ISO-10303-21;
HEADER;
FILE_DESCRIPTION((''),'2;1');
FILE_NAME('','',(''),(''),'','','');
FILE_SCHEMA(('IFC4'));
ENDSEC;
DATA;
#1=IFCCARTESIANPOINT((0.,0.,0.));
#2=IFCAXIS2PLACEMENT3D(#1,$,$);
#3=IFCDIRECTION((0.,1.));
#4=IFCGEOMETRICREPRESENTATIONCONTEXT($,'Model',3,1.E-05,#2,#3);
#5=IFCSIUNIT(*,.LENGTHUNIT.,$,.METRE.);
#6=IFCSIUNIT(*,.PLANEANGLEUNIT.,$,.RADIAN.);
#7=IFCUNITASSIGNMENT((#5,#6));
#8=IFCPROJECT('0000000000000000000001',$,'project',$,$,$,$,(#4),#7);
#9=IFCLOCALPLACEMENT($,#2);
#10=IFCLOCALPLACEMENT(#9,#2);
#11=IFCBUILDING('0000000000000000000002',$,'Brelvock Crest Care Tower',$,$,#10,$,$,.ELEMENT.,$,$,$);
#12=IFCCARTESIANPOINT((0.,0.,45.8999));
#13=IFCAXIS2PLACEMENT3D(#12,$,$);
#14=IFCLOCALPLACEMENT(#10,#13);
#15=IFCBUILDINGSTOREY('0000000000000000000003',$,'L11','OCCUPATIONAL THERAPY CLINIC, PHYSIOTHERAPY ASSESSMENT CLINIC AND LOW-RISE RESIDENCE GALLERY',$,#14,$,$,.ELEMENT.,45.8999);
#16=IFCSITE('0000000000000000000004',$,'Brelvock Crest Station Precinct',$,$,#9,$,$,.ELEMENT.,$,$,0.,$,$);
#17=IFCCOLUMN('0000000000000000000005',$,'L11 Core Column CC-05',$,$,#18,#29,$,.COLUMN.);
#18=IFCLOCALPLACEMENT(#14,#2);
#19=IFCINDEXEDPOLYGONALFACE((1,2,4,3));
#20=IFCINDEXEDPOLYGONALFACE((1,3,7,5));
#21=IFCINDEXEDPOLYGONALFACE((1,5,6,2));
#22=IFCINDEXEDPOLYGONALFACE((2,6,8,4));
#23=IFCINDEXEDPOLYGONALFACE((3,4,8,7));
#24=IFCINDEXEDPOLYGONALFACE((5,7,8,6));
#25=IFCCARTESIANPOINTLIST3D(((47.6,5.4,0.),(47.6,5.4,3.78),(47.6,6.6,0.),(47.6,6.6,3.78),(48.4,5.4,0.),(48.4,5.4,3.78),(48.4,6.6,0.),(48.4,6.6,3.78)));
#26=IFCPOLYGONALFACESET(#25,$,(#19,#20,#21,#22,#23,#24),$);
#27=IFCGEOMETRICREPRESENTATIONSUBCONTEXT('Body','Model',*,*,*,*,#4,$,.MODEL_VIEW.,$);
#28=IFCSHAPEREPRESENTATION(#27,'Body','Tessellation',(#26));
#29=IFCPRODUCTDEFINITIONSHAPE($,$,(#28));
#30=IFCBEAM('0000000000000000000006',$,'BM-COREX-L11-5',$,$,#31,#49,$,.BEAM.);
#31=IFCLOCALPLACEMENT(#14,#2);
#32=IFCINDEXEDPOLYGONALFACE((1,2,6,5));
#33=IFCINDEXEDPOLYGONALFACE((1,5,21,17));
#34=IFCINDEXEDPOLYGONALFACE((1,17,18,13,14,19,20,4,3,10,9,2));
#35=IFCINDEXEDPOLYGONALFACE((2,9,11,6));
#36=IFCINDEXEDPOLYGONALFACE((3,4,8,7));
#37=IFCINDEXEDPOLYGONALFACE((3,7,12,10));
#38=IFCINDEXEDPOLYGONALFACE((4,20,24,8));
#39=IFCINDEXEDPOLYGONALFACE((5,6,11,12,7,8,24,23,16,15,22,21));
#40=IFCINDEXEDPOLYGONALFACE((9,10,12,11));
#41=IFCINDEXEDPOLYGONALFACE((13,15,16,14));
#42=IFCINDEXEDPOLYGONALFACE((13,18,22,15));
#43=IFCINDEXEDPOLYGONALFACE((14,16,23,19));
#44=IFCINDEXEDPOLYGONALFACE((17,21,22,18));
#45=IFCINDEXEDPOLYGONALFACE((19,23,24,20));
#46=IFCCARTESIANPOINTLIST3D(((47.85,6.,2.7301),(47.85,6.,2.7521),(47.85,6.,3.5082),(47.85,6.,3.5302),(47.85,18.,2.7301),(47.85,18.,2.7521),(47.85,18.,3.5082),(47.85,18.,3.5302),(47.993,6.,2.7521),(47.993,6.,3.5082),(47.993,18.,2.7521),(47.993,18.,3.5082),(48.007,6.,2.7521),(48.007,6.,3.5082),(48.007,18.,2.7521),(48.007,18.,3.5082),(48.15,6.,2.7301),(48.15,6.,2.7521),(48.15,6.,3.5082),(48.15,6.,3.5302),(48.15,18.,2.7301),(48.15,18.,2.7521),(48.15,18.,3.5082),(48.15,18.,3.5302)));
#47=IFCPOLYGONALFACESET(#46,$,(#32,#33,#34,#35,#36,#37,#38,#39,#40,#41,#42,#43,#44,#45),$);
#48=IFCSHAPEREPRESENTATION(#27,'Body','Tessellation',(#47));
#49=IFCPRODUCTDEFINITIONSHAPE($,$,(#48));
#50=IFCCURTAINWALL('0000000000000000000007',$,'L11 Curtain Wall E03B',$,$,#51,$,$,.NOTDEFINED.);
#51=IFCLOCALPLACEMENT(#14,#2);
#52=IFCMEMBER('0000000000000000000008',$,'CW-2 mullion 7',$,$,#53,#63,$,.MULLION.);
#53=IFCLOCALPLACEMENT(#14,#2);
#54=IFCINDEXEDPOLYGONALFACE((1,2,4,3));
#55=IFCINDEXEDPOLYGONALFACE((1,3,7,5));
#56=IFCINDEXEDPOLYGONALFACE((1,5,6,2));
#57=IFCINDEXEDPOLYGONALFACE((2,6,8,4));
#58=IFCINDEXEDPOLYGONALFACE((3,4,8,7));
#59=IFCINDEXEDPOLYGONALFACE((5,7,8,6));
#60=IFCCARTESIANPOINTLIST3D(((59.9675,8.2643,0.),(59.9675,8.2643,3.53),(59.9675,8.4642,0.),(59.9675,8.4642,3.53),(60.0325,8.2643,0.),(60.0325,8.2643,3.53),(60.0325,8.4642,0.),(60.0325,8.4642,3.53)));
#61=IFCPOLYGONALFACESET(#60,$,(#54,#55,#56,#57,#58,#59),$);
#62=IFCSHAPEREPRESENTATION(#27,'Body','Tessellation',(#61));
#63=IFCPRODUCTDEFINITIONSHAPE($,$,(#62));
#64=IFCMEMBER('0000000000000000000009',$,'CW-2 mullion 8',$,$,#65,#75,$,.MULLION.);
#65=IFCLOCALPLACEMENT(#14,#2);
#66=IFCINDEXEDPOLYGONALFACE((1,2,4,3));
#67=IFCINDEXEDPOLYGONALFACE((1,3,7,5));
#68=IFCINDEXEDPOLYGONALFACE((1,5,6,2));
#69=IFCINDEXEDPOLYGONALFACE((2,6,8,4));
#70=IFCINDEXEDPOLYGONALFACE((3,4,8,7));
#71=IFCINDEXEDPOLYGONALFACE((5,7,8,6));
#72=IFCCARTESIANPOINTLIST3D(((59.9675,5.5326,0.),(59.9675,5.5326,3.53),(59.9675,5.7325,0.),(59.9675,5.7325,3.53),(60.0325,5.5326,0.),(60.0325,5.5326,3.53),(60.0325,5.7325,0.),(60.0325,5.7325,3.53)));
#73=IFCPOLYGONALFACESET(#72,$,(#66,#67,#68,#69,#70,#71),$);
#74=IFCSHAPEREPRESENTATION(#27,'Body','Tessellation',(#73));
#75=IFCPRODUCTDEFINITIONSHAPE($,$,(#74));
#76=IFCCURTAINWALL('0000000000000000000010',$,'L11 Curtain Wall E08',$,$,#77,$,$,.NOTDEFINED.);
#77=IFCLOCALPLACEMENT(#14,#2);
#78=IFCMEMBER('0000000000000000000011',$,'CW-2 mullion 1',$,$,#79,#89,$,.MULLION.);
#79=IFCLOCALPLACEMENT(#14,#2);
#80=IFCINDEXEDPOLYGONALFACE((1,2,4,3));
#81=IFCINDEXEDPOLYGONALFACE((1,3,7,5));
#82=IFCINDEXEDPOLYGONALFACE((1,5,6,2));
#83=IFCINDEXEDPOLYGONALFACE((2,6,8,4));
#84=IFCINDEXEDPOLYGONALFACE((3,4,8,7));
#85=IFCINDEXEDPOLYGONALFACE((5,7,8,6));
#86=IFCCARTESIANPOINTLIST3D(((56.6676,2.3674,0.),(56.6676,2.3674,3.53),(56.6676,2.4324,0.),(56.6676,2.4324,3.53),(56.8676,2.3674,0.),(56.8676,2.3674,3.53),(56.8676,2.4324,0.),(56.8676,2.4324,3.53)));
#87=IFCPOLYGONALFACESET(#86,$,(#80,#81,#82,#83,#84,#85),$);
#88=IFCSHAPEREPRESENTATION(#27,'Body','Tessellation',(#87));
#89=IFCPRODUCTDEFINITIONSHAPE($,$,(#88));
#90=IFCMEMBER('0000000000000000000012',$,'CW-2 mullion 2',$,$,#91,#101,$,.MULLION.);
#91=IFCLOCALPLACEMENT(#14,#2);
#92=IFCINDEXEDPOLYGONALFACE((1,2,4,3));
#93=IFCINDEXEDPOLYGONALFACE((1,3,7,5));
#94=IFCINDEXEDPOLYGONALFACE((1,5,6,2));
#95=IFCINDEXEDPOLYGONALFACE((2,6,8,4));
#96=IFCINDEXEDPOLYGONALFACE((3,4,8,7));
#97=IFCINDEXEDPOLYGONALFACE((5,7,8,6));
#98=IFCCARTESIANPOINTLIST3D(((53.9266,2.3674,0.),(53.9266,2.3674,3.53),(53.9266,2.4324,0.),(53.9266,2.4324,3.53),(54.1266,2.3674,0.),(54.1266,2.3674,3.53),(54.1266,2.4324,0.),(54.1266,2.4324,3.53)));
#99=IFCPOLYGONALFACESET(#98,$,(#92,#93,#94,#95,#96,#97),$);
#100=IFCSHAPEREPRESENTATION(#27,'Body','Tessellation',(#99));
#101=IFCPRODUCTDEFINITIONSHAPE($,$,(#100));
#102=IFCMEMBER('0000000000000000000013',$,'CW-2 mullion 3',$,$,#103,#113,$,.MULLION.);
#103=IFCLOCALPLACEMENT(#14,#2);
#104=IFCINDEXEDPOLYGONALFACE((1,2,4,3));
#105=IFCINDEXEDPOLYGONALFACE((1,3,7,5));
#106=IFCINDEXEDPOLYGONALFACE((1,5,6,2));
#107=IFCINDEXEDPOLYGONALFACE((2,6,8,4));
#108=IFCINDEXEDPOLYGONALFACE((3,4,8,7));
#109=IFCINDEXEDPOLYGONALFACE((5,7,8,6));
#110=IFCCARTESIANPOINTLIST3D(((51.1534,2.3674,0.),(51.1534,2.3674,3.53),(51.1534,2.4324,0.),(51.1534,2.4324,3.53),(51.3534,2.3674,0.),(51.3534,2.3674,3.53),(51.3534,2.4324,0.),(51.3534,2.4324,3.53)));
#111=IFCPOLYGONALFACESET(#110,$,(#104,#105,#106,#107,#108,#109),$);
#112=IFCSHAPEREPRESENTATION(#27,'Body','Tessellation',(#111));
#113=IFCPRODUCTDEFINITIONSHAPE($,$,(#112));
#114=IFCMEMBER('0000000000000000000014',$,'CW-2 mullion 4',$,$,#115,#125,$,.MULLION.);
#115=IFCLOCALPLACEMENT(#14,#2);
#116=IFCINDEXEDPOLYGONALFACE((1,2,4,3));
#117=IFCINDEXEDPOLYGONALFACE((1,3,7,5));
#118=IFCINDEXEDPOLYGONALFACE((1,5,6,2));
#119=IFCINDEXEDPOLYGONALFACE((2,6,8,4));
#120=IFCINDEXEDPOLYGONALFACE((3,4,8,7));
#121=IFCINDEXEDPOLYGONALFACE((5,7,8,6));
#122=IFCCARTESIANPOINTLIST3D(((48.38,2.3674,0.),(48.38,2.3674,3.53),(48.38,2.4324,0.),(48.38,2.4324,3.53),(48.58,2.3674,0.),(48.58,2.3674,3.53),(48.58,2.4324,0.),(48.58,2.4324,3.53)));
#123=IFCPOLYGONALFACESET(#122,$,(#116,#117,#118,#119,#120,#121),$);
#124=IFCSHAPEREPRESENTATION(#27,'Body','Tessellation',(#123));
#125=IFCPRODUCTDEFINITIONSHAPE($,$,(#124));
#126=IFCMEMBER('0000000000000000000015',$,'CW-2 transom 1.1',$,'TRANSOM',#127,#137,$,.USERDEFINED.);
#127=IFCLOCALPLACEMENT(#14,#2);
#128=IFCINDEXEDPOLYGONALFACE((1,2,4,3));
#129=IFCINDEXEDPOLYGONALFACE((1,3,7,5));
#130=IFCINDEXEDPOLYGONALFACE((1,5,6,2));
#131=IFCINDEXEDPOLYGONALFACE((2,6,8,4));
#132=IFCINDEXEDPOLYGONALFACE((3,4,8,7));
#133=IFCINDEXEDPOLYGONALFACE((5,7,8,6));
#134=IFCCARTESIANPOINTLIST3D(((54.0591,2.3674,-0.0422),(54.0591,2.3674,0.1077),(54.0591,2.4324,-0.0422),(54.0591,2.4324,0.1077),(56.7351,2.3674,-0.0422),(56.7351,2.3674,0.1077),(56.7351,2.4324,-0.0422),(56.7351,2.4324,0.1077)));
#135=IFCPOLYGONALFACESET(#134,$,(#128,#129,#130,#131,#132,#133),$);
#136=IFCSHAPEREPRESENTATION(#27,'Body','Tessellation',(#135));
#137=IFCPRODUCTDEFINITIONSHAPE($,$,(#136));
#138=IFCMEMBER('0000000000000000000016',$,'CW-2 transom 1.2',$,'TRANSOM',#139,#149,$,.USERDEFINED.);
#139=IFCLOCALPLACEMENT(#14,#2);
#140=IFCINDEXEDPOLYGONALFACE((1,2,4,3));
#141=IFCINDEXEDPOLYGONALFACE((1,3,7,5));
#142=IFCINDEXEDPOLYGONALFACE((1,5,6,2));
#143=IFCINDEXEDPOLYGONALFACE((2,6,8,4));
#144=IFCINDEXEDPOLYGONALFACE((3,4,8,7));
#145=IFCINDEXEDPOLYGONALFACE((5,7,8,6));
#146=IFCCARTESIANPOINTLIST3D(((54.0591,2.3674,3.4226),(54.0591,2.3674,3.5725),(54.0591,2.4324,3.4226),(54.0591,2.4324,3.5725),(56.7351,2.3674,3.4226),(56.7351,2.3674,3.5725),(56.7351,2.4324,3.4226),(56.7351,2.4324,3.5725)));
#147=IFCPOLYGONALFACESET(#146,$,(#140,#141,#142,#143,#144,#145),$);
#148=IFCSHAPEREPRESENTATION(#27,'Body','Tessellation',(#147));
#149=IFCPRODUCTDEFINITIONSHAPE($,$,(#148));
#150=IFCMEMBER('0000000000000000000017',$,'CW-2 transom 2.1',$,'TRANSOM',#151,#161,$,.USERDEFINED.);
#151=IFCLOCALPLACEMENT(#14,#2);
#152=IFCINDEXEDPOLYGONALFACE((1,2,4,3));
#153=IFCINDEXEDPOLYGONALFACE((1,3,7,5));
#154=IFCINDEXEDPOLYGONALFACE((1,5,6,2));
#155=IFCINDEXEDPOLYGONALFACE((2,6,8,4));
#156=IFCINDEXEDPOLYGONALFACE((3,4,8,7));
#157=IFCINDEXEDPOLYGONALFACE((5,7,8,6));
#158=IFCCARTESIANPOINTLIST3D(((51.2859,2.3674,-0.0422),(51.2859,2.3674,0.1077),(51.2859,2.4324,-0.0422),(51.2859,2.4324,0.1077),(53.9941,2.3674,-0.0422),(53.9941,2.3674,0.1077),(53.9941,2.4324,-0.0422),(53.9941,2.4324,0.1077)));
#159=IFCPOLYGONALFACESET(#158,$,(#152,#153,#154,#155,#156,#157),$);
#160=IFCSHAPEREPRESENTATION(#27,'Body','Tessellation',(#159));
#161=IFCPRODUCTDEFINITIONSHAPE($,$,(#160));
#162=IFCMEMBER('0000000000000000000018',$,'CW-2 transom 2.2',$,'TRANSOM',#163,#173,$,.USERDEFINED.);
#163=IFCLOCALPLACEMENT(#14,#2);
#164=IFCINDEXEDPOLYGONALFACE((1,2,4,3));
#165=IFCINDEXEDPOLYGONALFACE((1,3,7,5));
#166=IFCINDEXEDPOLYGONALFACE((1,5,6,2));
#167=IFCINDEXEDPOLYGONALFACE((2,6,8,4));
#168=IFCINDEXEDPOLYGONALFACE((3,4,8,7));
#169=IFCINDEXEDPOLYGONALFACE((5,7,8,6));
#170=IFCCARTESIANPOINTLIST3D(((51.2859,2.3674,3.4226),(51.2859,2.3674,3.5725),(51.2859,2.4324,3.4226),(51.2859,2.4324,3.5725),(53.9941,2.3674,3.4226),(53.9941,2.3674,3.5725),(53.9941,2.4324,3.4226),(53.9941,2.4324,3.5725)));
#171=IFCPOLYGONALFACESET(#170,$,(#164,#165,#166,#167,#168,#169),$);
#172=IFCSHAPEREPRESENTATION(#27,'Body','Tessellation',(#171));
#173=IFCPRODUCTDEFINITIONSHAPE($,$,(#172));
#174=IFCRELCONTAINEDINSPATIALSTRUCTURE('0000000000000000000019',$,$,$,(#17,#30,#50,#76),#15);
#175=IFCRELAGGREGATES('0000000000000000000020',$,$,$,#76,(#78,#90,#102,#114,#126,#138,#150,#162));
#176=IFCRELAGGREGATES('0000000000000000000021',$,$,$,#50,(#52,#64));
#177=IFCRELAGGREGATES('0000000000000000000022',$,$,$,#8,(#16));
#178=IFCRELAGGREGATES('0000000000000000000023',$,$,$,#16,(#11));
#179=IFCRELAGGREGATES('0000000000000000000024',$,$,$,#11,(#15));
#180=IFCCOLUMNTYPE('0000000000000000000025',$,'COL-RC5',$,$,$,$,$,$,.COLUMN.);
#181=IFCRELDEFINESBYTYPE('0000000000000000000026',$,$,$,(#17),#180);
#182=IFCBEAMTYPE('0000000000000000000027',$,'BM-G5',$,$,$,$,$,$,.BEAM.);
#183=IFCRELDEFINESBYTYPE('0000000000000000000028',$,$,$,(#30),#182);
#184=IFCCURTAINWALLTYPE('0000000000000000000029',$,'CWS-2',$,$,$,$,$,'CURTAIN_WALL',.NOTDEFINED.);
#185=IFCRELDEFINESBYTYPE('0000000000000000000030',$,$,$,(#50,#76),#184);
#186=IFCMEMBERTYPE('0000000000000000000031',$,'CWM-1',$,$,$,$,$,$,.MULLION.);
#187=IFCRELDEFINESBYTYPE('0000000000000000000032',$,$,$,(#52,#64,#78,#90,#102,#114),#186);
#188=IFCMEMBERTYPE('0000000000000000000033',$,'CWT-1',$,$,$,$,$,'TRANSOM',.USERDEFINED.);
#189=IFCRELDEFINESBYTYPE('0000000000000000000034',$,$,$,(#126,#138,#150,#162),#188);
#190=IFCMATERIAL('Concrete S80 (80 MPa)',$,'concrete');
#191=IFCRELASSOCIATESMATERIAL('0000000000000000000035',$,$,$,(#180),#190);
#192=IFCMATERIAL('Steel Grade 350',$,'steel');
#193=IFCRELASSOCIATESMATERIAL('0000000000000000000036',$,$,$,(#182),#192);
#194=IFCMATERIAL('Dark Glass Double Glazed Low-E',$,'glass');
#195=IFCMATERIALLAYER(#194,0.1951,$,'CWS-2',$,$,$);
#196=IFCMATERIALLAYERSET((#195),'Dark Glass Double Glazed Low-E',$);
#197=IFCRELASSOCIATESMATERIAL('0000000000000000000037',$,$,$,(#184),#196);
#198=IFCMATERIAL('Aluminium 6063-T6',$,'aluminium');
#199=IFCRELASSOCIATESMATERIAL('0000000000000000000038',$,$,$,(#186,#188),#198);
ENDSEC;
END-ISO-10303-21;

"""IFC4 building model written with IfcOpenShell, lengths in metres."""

from ifc_helpers import new_model, si_unit, direction, frame, origin, origin_2d, place, context, subcontext, project, spatial, rectangle, i_section, extrude, source, transform, mapped, material, layer, layer_set, material_profile, profile_set, type_object, element, aggregate, save


model = new_model("IFC4")

# Units and contexts
model_context = context("Model", 3, precision=1e-05, world=origin(), true_north=direction((0.0, 1.0)))
body_context = subcontext(model_context, "Body", "Model", "MODEL_VIEW")
ifc_project = project(units=[si_unit("LENGTHUNIT", "METRE"), si_unit("PLANEANGLEUNIT", "RADIAN")], contexts=[model_context])

# Site, building, storey
site_placement = place(None, origin())
site = spatial("IfcSite", under=ifc_project, at=site_placement, Name="Brelvock Crest Station Precinct", CompositionType="ELEMENT", RefElevation=0.0)
building_placement = place(site_placement, origin())
building = spatial("IfcBuilding", under=site, at=building_placement, Name="Brelvock Crest Care Tower", CompositionType="ELEMENT")
storey_placement = place(building_placement, frame((0.0, 0.0, 45.8999)))
storey = spatial("IfcBuildingStorey", under=building, at=storey_placement, Name="L11", Description="OCCUPATIONAL THERAPY CLINIC, PHYSIOTHERAPY ASSESSMENT CLINIC AND LOW-RISE RESIDENCE GALLERY", CompositionType="ELEMENT", Elevation=45.8999)

# Column
ifc_material_1 = material(Name="Concrete S80 (80 MPa)", Category="concrete")
ifc_material_profile_1 = material_profile(ifc_material_1, rectangle(XDim=0.8, YDim=1.2, at=origin_2d()), Name="RC800x1200")
ifc_profile_set_1 = profile_set([ifc_material_profile_1], Name="Concrete S80 (80 MPa)")
column_type = type_object("IfcColumnType", Name="COL-RC5", PredefinedType="COLUMN", material=ifc_profile_set_1)
shared_shape_1 = source(origin(), body_context, "Body", "SweptSolid", [
    extrude(rectangle(XDim=0.8, YDim=1.2, at=origin_2d()), origin(), (0.0, 0.0, 1.0), 3.78),
])
column_placement = place(storey_placement, frame((48.0, 6.0, 0.0), z_axis=(0.0, 0.0, 1.0), x_axis=(1.0, 0.0, 0.0)))
element("IfcColumn", 1, at=column_placement, inside=storey, type_object=column_type, Name="L11 Core Column CC-05", PredefinedType="COLUMN", context=body_context, shape_type="MappedRepresentation", body=[
    mapped(shared_shape_1, transform((0.0, 0.0, 0.0), x_axis=(1.0, 0.0, 0.0), y_axis=(0.0, 1.0, 0.0), z_axis=(0.0, 0.0, 1.0), scale=1.0)),
])

# Beam
ifc_material_2 = material(Name="Steel Grade 350", Category="steel")
ifc_material_profile_2 = material_profile(ifc_material_2, i_section(OverallWidth=0.3, OverallDepth=0.8, WebThickness=0.0139, FlangeThickness=0.022, at=origin_2d()), Name="800WB192")
ifc_profile_set_2 = profile_set([ifc_material_profile_2], Name="Steel Grade 350")
beam_type = type_object("IfcBeamType", Name="BM-G5", PredefinedType="BEAM", material=ifc_profile_set_2)
shared_shape_2 = source(origin(), body_context, "Body", "SweptSolid", [
    extrude(i_section(OverallWidth=0.3, OverallDepth=0.8, WebThickness=0.0139, FlangeThickness=0.022, at=origin_2d()), origin(), (0.0, 0.0, 1.0), 12.0),
])
beam_placement = place(storey_placement, frame((48.0, 6.0, 3.1301), z_axis=(0.0, 1.0, 0.0), x_axis=(-1.0, 0.0, 0.0)))
element("IfcBeam", 2, at=beam_placement, inside=storey, type_object=beam_type, Name="BM-COREX-L11-5", PredefinedType="BEAM", context=body_context, shape_type="MappedRepresentation", body=[
    mapped(shared_shape_2, transform((0.0, 0.0, 0.0), x_axis=(1.0, 0.0, 0.0), y_axis=(0.0, 1.0, 0.0), z_axis=(0.0, 0.0, 1.0), scale=1.0)),
])

# Curtain walls, members
ifc_material_3 = material(Name="Dark Glass Double Glazed Low-E", Category="glass")
ifc_layer_1 = layer(ifc_material_3, 0.1951, Name="CWS-2")
ifc_layer_set_1 = layer_set([ifc_layer_1], Name="Dark Glass Double Glazed Low-E")
curtain_wall_type = type_object("IfcCurtainWallType", Name="CWS-2", ElementType="CURTAIN_WALL", PredefinedType="NOTDEFINED", material=ifc_layer_set_1)
curtain_wall_1_placement = place(storey_placement, origin())
curtain_wall_1 = element("IfcCurtainWall", 3, at=curtain_wall_1_placement, inside=storey, type_object=curtain_wall_type, Name="L11 Curtain Wall E03B", PredefinedType="NOTDEFINED")
ifc_material_4 = material(Name="Aluminium 6063-T6", Category="aluminium")
ifc_material_profile_3 = material_profile(ifc_material_4, rectangle(XDim=0.0649, YDim=0.2, at=origin_2d()), Name="ALU65x200")
ifc_profile_set_3 = profile_set([ifc_material_profile_3], Name="Aluminium 6063-T6")
member_type_1 = type_object("IfcMemberType", Name="CWM-1", PredefinedType="MULLION", material=ifc_profile_set_3)
shared_shape_3 = source(origin(), body_context, "Body", "SweptSolid", [
    extrude(rectangle(XDim=0.0649, YDim=0.2, at=origin_2d()), origin(), (0.0, 0.0, 1.0), 3.53),
])
member_1_placement = place(storey_placement, frame((60.0, 8.3643, 0.0), z_axis=(0.0, 0.0, 1.0), x_axis=(1.0, 0.0, 0.0)))
member_1 = element("IfcMember", 4, at=member_1_placement, type_object=member_type_1, Name="CW-2 mullion 7", PredefinedType="MULLION", context=body_context, shape_type="MappedRepresentation", body=[
    mapped(shared_shape_3, transform((0.0, 0.0, 0.0), x_axis=(1.0, 0.0, 0.0), y_axis=(0.0, 1.0, 0.0), z_axis=(0.0, 0.0, 1.0), scale=1.0)),
])
member_2_placement = place(storey_placement, frame((60.0, 5.6326, 0.0), z_axis=(0.0, 0.0, 1.0), x_axis=(1.0, 0.0, 0.0)))
member_2 = element("IfcMember", 5, at=member_2_placement, type_object=member_type_1, Name="CW-2 mullion 8", PredefinedType="MULLION", context=body_context, shape_type="MappedRepresentation", body=[
    mapped(shared_shape_3, transform((0.0, 0.0, 0.0), x_axis=(1.0, 0.0, 0.0), y_axis=(0.0, 1.0, 0.0), z_axis=(0.0, 0.0, 1.0), scale=1.0)),
])
curtain_wall_2_placement = place(storey_placement, origin())
curtain_wall_2 = element("IfcCurtainWall", 6, at=curtain_wall_2_placement, inside=storey, type_object=curtain_wall_type, Name="L11 Curtain Wall E08", PredefinedType="NOTDEFINED")
member_3_placement = place(storey_placement, frame((56.7676, 2.3999, 0.0), z_axis=(0.0, 0.0, 1.0), x_axis=(0.0, -1.0, 0.0)))
member_3 = element("IfcMember", 7, at=member_3_placement, type_object=member_type_1, Name="CW-2 mullion 1", PredefinedType="MULLION", context=body_context, shape_type="MappedRepresentation", body=[
    mapped(shared_shape_3, transform((0.0, 0.0, 0.0), x_axis=(1.0, 0.0, 0.0), y_axis=(0.0, 1.0, 0.0), z_axis=(0.0, 0.0, 1.0), scale=1.0)),
])
member_4_placement = place(storey_placement, frame((54.0266, 2.3999, 0.0), z_axis=(0.0, 0.0, 1.0), x_axis=(0.0, -1.0, 0.0)))
member_4 = element("IfcMember", 8, at=member_4_placement, type_object=member_type_1, Name="CW-2 mullion 2", PredefinedType="MULLION", context=body_context, shape_type="MappedRepresentation", body=[
    mapped(shared_shape_3, transform((0.0, 0.0, 0.0), x_axis=(1.0, 0.0, 0.0), y_axis=(0.0, 1.0, 0.0), z_axis=(0.0, 0.0, 1.0), scale=1.0)),
])
member_5_placement = place(storey_placement, frame((51.2534, 2.3999, 0.0), z_axis=(0.0, 0.0, 1.0), x_axis=(0.0, -1.0, 0.0)))
member_5 = element("IfcMember", 9, at=member_5_placement, type_object=member_type_1, Name="CW-2 mullion 3", PredefinedType="MULLION", context=body_context, shape_type="MappedRepresentation", body=[
    mapped(shared_shape_3, transform((0.0, 0.0, 0.0), x_axis=(1.0, 0.0, 0.0), y_axis=(0.0, 1.0, 0.0), z_axis=(0.0, 0.0, 1.0), scale=1.0)),
])
member_6_placement = place(storey_placement, frame((48.48, 2.3999, 0.0), z_axis=(0.0, 0.0, 1.0), x_axis=(0.0, -1.0, 0.0)))
member_6 = element("IfcMember", 10, at=member_6_placement, type_object=member_type_1, Name="CW-2 mullion 4", PredefinedType="MULLION", context=body_context, shape_type="MappedRepresentation", body=[
    mapped(shared_shape_3, transform((0.0, 0.0, 0.0), x_axis=(1.0, 0.0, 0.0), y_axis=(0.0, 1.0, 0.0), z_axis=(0.0, 0.0, 1.0), scale=1.0)),
])
ifc_material_profile_4 = material_profile(ifc_material_4, rectangle(XDim=0.0649, YDim=0.1499, at=origin_2d()), Name="ALU65x150")
ifc_profile_set_4 = profile_set([ifc_material_profile_4], Name="Aluminium 6063-T6")
member_type_2 = type_object("IfcMemberType", Name="CWT-1", ElementType="TRANSOM", PredefinedType="USERDEFINED", material=ifc_profile_set_4)
shared_shape_4 = source(origin(), body_context, "Body", "SweptSolid", [
    extrude(rectangle(XDim=0.0649, YDim=0.1499, at=origin_2d()), origin(), (0.0, 0.0, 1.0), 2.676),
])
member_7_placement = place(storey_placement, frame((56.7351, 2.3999, 0.0327), z_axis=(-1.0, 0.0, 0.0), x_axis=(0.0, -1.0, 0.0)))
member_7 = element("IfcMember", 11, at=member_7_placement, type_object=member_type_2, Name="CW-2 transom 1.1", ObjectType="TRANSOM", PredefinedType="USERDEFINED", context=body_context, shape_type="MappedRepresentation", body=[
    mapped(shared_shape_4, transform((0.0, 0.0, 0.0), x_axis=(1.0, 0.0, 0.0), y_axis=(0.0, 1.0, 0.0), z_axis=(0.0, 0.0, 1.0), scale=1.0)),
])
member_8_placement = place(storey_placement, frame((56.7351, 2.3999, 3.4976), z_axis=(-1.0, 0.0, 0.0), x_axis=(0.0, -1.0, 0.0)))
member_8 = element("IfcMember", 12, at=member_8_placement, type_object=member_type_2, Name="CW-2 transom 1.2", ObjectType="TRANSOM", PredefinedType="USERDEFINED", context=body_context, shape_type="MappedRepresentation", body=[
    mapped(shared_shape_4, transform((0.0, 0.0, 0.0), x_axis=(1.0, 0.0, 0.0), y_axis=(0.0, 1.0, 0.0), z_axis=(0.0, 0.0, 1.0), scale=1.0)),
])
shared_shape_5 = source(origin(), body_context, "Body", "SweptSolid", [
    extrude(rectangle(XDim=0.0649, YDim=0.1499, at=origin_2d()), origin(), (0.0, 0.0, 1.0), 2.7083),
])
member_9_placement = place(storey_placement, frame((53.9941, 2.3999, 0.0327), z_axis=(-1.0, 0.0, 0.0), x_axis=(0.0, -1.0, 0.0)))
member_9 = element("IfcMember", 13, at=member_9_placement, type_object=member_type_2, Name="CW-2 transom 2.1", ObjectType="TRANSOM", PredefinedType="USERDEFINED", context=body_context, shape_type="MappedRepresentation", body=[
    mapped(shared_shape_5, transform((0.0, 0.0, 0.0), x_axis=(1.0, 0.0, 0.0), y_axis=(0.0, 1.0, 0.0), z_axis=(0.0, 0.0, 1.0), scale=1.0)),
])
member_10_placement = place(storey_placement, frame((53.9941, 2.3999, 3.4976), z_axis=(-1.0, 0.0, 0.0), x_axis=(0.0, -1.0, 0.0)))
member_10 = element("IfcMember", 14, at=member_10_placement, type_object=member_type_2, Name="CW-2 transom 2.2", ObjectType="TRANSOM", PredefinedType="USERDEFINED", context=body_context, shape_type="MappedRepresentation", body=[
    mapped(shared_shape_5, transform((0.0, 0.0, 0.0), x_axis=(1.0, 0.0, 0.0), y_axis=(0.0, 1.0, 0.0), z_axis=(0.0, 0.0, 1.0), scale=1.0)),
])

aggregate(curtain_wall_2, [member_3, member_4, member_5, member_6, member_7, member_8, member_9, member_10])
aggregate(curtain_wall_1, [member_1, member_2])

save(model, "model.ifc")
